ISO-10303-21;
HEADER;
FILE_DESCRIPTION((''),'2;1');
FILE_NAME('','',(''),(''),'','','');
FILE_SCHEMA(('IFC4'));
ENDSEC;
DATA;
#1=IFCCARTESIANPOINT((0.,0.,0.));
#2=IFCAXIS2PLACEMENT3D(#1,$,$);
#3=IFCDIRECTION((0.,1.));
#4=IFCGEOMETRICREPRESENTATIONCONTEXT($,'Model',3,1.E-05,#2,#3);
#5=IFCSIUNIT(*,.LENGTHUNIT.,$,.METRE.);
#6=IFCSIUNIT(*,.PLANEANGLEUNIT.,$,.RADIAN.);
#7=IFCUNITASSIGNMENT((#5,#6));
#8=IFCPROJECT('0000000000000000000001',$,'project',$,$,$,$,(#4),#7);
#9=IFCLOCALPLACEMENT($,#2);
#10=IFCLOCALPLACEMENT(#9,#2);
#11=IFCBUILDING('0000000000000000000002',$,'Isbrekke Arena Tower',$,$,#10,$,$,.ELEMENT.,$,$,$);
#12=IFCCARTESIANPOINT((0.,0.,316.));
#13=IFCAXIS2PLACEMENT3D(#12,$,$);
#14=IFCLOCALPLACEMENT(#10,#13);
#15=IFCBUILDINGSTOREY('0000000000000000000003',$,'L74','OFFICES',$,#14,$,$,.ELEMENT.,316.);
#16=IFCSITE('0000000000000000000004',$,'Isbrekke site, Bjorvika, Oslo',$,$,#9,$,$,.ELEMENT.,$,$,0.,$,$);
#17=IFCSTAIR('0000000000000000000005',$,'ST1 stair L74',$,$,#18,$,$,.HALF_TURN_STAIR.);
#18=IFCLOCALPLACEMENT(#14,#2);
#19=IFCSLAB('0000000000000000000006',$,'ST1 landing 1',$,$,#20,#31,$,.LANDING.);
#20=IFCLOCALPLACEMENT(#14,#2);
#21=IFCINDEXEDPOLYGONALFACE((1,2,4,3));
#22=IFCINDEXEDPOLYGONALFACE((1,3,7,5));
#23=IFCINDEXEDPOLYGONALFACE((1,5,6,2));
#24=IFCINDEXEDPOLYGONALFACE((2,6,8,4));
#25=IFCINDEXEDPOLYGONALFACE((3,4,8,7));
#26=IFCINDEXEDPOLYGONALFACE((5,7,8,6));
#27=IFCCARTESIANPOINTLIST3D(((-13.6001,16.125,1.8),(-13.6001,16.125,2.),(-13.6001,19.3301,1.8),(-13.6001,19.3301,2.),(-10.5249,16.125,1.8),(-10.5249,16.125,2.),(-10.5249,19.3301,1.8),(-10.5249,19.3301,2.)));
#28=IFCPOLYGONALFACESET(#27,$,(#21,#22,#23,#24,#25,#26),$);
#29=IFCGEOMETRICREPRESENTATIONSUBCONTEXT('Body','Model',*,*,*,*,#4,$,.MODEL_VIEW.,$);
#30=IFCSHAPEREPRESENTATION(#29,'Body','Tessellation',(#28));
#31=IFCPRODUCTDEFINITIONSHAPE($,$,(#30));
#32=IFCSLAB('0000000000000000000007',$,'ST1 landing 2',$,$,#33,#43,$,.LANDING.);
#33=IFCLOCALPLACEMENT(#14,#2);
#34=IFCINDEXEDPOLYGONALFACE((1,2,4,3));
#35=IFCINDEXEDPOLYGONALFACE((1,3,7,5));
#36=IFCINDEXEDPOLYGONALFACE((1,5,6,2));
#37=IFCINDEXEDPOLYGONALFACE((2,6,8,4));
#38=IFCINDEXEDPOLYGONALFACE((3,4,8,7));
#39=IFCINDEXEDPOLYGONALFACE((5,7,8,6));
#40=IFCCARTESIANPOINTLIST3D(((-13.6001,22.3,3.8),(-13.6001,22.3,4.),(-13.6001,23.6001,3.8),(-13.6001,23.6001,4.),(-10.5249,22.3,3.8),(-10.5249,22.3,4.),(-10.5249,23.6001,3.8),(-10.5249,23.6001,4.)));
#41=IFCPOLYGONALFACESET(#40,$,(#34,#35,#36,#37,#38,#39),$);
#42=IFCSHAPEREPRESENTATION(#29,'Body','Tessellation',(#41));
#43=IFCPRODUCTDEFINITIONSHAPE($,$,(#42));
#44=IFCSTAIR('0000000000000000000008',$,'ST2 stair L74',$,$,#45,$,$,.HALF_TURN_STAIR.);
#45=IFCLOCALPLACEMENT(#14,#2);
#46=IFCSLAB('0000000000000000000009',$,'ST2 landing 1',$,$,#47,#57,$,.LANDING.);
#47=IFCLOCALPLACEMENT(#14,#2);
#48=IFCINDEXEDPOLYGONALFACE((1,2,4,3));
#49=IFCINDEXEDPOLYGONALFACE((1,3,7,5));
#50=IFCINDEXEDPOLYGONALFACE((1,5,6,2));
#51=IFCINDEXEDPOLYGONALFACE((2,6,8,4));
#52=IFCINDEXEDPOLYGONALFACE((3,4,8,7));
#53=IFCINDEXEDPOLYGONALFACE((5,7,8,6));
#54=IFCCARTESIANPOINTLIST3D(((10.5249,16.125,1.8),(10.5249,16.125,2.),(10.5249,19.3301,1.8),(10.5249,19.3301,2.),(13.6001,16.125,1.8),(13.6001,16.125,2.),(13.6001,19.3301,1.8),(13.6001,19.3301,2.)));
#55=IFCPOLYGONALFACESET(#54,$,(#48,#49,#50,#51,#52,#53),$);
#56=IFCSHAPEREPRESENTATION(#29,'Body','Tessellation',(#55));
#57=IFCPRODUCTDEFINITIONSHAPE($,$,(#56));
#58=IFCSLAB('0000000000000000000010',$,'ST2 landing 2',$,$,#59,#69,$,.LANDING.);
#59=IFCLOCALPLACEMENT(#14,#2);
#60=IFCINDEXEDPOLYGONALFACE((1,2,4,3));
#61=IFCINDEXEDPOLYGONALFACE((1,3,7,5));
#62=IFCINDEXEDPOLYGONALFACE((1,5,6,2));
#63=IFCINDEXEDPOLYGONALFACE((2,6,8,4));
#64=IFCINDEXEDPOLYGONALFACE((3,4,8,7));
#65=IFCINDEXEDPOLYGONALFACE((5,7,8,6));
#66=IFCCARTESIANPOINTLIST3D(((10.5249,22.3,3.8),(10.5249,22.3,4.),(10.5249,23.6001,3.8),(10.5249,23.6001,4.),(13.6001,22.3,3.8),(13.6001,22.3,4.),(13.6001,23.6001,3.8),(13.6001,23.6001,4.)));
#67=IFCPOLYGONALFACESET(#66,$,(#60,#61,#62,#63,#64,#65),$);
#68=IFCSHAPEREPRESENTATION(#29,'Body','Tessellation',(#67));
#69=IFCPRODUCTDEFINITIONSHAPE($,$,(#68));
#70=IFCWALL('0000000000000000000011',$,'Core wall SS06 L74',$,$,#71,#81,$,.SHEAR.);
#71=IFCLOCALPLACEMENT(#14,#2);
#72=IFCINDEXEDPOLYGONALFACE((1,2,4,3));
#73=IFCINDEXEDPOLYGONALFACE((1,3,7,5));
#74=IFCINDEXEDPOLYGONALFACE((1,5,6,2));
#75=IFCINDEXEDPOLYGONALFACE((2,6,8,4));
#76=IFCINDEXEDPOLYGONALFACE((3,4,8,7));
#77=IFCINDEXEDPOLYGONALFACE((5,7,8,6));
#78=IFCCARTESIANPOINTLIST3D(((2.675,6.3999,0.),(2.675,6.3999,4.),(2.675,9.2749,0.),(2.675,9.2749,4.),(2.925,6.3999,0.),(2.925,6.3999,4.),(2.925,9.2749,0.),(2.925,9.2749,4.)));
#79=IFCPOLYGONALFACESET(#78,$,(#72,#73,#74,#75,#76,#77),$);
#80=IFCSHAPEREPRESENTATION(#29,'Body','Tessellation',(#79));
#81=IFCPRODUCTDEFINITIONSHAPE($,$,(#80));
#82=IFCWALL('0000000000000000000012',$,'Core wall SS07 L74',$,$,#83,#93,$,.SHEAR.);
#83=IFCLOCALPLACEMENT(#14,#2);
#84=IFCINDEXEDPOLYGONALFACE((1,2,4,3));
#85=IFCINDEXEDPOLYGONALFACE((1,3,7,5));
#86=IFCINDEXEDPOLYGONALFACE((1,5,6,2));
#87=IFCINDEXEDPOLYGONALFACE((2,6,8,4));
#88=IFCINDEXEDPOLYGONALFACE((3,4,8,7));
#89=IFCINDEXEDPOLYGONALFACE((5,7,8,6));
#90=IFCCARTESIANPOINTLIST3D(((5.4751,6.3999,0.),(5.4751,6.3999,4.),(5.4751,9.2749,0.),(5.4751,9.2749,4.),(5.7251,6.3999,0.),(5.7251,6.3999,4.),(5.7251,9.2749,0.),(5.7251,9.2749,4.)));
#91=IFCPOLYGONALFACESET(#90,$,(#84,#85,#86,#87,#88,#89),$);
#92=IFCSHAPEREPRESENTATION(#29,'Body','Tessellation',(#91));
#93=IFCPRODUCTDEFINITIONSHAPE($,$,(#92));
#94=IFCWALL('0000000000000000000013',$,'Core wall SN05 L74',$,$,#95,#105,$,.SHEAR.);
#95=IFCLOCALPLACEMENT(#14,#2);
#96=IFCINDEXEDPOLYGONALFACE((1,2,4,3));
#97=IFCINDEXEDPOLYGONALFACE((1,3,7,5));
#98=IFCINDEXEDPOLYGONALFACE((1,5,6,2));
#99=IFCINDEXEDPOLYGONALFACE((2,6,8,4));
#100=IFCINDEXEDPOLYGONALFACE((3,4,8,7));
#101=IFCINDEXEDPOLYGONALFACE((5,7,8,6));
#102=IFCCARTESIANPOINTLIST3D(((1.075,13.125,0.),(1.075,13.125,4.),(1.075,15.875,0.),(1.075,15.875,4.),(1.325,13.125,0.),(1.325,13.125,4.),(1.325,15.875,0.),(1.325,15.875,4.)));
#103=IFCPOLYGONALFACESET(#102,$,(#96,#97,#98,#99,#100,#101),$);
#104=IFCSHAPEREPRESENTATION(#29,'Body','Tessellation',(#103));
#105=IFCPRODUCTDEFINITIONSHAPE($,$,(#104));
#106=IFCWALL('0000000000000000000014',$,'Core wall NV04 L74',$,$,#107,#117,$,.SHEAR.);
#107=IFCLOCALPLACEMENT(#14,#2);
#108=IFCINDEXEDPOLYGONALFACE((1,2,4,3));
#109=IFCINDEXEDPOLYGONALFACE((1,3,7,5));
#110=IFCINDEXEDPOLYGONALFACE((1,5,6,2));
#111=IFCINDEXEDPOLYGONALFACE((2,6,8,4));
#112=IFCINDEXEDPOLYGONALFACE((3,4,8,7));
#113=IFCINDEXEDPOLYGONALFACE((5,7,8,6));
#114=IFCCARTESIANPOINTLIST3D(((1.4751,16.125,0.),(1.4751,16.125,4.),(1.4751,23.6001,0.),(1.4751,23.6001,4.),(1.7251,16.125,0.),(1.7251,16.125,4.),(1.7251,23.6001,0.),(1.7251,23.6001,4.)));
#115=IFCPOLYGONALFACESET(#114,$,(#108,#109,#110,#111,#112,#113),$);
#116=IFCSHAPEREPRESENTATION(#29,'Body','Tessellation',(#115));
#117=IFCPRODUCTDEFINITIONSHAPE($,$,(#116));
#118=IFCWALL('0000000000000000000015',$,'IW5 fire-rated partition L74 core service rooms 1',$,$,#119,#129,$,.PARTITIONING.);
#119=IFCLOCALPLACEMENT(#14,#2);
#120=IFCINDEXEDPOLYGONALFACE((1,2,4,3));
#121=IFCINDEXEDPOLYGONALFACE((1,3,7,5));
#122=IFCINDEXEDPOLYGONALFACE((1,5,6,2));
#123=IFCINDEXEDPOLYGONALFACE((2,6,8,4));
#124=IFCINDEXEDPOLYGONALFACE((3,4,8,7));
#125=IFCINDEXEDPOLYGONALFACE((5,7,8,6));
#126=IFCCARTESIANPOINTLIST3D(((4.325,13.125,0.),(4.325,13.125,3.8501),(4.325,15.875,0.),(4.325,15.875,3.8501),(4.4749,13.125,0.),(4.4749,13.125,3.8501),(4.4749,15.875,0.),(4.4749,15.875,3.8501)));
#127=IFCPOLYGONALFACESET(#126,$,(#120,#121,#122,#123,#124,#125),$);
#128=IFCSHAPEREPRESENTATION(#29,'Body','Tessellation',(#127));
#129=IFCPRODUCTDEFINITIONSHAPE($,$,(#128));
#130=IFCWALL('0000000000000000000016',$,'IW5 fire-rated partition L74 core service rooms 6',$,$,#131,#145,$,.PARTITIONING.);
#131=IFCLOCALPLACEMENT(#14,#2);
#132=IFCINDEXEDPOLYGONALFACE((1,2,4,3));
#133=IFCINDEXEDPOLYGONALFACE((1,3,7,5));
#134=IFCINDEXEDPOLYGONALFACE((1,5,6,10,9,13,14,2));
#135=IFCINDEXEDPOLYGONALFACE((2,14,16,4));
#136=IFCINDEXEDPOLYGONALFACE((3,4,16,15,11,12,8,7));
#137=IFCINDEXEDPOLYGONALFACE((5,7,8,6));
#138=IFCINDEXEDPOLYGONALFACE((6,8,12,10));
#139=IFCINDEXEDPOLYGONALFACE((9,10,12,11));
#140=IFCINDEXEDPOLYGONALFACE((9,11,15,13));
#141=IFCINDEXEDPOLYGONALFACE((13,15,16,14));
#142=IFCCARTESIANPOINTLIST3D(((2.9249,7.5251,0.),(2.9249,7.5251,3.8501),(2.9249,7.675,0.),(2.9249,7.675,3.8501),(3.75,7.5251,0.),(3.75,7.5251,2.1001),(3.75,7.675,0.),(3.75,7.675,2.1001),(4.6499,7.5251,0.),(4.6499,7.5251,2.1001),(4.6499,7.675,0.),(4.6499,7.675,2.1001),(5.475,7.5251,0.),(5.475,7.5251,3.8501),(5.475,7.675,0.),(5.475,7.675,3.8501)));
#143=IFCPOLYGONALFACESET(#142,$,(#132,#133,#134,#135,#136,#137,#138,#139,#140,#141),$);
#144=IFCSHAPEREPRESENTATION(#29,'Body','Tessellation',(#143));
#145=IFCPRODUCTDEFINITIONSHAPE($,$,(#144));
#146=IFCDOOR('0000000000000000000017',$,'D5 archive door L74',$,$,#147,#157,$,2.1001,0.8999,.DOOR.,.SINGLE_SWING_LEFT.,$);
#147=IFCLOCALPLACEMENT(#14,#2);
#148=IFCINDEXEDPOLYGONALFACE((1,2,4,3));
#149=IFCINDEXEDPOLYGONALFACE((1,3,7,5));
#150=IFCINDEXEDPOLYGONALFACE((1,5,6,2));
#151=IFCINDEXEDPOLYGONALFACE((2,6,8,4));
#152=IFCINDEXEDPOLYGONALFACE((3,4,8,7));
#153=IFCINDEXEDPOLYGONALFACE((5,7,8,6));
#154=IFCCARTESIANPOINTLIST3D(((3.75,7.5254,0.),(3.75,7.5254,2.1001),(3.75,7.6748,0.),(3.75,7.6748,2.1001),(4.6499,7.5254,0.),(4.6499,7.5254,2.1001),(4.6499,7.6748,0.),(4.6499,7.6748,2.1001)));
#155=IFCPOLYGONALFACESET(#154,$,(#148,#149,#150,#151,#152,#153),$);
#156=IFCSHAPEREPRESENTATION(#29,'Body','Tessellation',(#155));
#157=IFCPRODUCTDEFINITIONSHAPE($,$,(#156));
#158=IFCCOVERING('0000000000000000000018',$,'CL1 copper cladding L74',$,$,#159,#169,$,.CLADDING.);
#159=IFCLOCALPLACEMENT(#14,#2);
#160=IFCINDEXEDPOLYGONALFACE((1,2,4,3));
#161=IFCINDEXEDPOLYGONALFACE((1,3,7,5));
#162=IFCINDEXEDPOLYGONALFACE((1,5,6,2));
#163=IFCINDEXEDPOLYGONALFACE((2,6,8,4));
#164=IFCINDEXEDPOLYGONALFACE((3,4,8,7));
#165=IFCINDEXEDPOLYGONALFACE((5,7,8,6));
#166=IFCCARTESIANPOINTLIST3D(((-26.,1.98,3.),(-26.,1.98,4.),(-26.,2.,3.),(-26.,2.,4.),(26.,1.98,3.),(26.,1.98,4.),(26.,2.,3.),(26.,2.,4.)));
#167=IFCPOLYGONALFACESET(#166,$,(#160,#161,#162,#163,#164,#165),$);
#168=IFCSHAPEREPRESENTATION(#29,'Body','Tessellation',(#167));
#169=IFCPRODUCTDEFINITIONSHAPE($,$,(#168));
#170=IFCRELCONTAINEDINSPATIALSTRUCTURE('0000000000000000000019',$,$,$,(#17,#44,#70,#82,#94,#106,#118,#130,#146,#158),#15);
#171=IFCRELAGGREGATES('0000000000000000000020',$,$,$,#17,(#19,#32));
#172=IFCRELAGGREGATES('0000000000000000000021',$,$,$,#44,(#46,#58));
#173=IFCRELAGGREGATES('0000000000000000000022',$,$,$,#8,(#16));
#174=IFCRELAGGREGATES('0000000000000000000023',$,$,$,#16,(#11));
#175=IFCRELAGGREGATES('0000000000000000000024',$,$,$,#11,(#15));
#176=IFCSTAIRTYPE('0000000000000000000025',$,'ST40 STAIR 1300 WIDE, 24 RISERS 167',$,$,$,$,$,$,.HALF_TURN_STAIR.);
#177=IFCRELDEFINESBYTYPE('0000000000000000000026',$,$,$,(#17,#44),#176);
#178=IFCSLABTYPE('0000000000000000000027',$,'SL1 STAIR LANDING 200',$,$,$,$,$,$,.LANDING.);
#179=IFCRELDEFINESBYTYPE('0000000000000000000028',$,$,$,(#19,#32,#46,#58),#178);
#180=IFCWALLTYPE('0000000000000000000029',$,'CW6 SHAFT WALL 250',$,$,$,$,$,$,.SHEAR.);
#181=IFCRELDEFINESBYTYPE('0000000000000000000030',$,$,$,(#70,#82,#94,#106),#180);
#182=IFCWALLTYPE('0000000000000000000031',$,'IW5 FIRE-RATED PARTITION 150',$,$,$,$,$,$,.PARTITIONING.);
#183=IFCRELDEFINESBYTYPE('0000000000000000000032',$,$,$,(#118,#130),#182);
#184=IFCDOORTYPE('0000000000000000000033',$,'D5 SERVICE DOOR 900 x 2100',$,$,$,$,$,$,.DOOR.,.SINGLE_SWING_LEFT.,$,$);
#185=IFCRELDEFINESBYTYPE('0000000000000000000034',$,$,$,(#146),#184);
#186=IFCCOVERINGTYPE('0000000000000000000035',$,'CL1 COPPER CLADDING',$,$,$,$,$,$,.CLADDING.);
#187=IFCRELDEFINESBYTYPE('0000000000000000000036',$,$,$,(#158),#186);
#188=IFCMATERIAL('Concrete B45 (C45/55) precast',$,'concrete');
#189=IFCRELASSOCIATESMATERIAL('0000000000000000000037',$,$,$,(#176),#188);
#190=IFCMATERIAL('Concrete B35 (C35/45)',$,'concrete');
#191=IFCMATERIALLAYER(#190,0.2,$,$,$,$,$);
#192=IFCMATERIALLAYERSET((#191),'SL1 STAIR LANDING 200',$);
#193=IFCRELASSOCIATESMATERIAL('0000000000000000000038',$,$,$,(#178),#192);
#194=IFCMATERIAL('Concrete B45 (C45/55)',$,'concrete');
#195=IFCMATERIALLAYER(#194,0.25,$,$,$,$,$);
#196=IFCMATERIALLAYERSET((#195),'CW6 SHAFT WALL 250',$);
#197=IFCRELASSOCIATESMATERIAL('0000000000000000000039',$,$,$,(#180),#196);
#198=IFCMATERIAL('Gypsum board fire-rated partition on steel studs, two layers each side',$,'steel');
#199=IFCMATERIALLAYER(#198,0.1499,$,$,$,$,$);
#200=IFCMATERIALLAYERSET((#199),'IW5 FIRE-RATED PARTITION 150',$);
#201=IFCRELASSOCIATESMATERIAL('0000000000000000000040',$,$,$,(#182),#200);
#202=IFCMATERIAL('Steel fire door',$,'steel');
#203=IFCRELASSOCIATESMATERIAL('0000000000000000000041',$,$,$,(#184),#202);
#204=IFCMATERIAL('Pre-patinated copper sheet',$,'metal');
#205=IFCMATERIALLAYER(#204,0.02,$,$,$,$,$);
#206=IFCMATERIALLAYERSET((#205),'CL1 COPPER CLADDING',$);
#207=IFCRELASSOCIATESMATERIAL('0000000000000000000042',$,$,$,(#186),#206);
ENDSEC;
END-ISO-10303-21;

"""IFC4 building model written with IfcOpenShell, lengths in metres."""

from ifc_helpers import new_model, si_unit, direction, frame, frame_2d, origin, origin_2d, place, context, subcontext, project, spatial, polyline, rectangle, outline, extrude, material, layer, layer_set, type_object, element, fill, aggregate, save


model = new_model("IFC4")

# Units and contexts
model_context = context("Model", 3, precision=1e-05, world=origin(), true_north=direction((0.0, 1.0)))
body_context = subcontext(model_context, "Body", "Model", "MODEL_VIEW")
ifc_project = project(units=[si_unit("LENGTHUNIT", "METRE"), si_unit("PLANEANGLEUNIT", "RADIAN")], contexts=[model_context])

# Site, building, storey
site_placement = place(None, origin())
site = spatial("IfcSite", under=ifc_project, at=site_placement, Name="Isbrekke site, Bjorvika, Oslo", CompositionType="ELEMENT", RefElevation=0.0)
building_placement = place(site_placement, origin())
building = spatial("IfcBuilding", under=site, at=building_placement, Name="Isbrekke Arena Tower", CompositionType="ELEMENT")
storey_placement = place(building_placement, frame((0.0, 0.0, 316.0)))
storey = spatial("IfcBuildingStorey", under=building, at=storey_placement, Name="L74", Description="OFFICES", CompositionType="ELEMENT", Elevation=316.0)

# Stairs, slabs
ifc_material_1 = material(Name="Concrete B45 (C45/55) precast", Category="concrete")
stair_type = type_object("IfcStairType", Name="ST40 STAIR 1300 WIDE, 24 RISERS 167", PredefinedType="HALF_TURN_STAIR", material=ifc_material_1)
stair_1_placement = place(storey_placement, origin())
stair_1 = element("IfcStair", 1, at=stair_1_placement, inside=storey, type_object=stair_type, Name="ST1 stair L74", PredefinedType="HALF_TURN_STAIR")
ifc_material_2 = material(Name="Concrete B35 (C35/45)", Category="concrete")
ifc_layer_1 = layer(ifc_material_2, 0.2)
ifc_layer_set_1 = layer_set([ifc_layer_1], Name="SL1 STAIR LANDING 200")
slab_type_1 = type_object("IfcSlabType", Name="SL1 STAIR LANDING 200", PredefinedType="LANDING", material=ifc_layer_set_1)
slab_1_placement = place(storey_placement, frame((0.0, 0.0, 1.8)))
slab_1 = element("IfcSlab", 2, at=slab_1_placement, type_object=slab_type_1, Name="ST1 landing 1", PredefinedType="LANDING", context=body_context, shape_type="SweptSolid", body=[
    extrude(outline(polyline([(-13.6001, 16.125), (-10.5249, 16.125), (-10.5249, 19.3301), (-13.6001, 19.3301), (-13.6001, 16.125)])), origin(), (0.0, 0.0, 1.0), 0.2),
])
slab_2_placement = place(storey_placement, frame((0.0, 0.0, 3.8)))
slab_2 = element("IfcSlab", 3, at=slab_2_placement, type_object=slab_type_1, Name="ST1 landing 2", PredefinedType="LANDING", context=body_context, shape_type="SweptSolid", body=[
    extrude(outline(polyline([(-13.6001, 22.3), (-10.5249, 22.3), (-10.5249, 23.6001), (-13.6001, 23.6001), (-13.6001, 22.3)])), origin(), (0.0, 0.0, 1.0), 0.2),
])
aggregate(stair_1, [slab_1, slab_2])
stair_2_placement = place(storey_placement, origin())
stair_2 = element("IfcStair", 4, at=stair_2_placement, inside=storey, type_object=stair_type, Name="ST2 stair L74", PredefinedType="HALF_TURN_STAIR")
slab_3_placement = place(storey_placement, frame((0.0, 0.0, 1.8)))
slab_3 = element("IfcSlab", 5, at=slab_3_placement, type_object=slab_type_1, Name="ST2 landing 1", PredefinedType="LANDING", context=body_context, shape_type="SweptSolid", body=[
    extrude(outline(polyline([(10.5249, 16.125), (13.6001, 16.125), (13.6001, 19.3301), (10.5249, 19.3301), (10.5249, 16.125)])), origin(), (0.0, 0.0, 1.0), 0.2),
])
slab_4_placement = place(storey_placement, frame((0.0, 0.0, 3.8)))
slab_4 = element("IfcSlab", 6, at=slab_4_placement, type_object=slab_type_1, Name="ST2 landing 2", PredefinedType="LANDING", context=body_context, shape_type="SweptSolid", body=[
    extrude(outline(polyline([(10.5249, 22.3), (13.6001, 22.3), (13.6001, 23.6001), (10.5249, 23.6001), (10.5249, 22.3)])), origin(), (0.0, 0.0, 1.0), 0.2),
])
aggregate(stair_2, [slab_3, slab_4])

# Walls
ifc_material_3 = material(Name="Concrete B45 (C45/55)", Category="concrete")
ifc_layer_2 = layer(ifc_material_3, 0.25)
ifc_layer_set_2 = layer_set([ifc_layer_2], Name="CW6 SHAFT WALL 250")
wall_type_1 = type_object("IfcWallType", Name="CW6 SHAFT WALL 250", PredefinedType="SHEAR", material=ifc_layer_set_2)
for number, where, z_axis, x_axis, name in (
    (7, (2.8, 6.3999, 0.0), (0.0, 0.0, 1.0), (0.0, 1.0, 0.0), "Core wall SS06 L74"),
    (8, (5.6001, 6.3999, 0.0), (0.0, 0.0, 1.0), (0.0, 1.0, 0.0), "Core wall SS07 L74"),
):
    element("IfcWall", number, at=place(storey_placement, frame(where, z_axis=z_axis, x_axis=x_axis)), inside=storey, type_object=wall_type_1, Name=name, PredefinedType="SHEAR", context=body_context, shape_type="SweptSolid", body=[
        extrude(rectangle(XDim=2.875, YDim=0.25, at=frame_2d((1.4375, 0.0))), origin(), (0.0, 0.0, 1.0), 4.0),
    ])
wall_1_placement = place(storey_placement, frame((1.2, 13.125, 0.0), z_axis=(0.0, 0.0, 1.0), x_axis=(0.0, 1.0, 0.0)))
element("IfcWall", 9, at=wall_1_placement, inside=storey, type_object=wall_type_1, Name="Core wall SN05 L74", PredefinedType="SHEAR", context=body_context, shape_type="SweptSolid", body=[
    extrude(rectangle(XDim=2.75, YDim=0.25, at=frame_2d((1.375, 0.0))), origin(), (0.0, 0.0, 1.0), 4.0),
])
wall_2_placement = place(storey_placement, frame((1.6001, 16.125, 0.0), z_axis=(0.0, 0.0, 1.0), x_axis=(0.0, 1.0, 0.0)))
element("IfcWall", 10, at=wall_2_placement, inside=storey, type_object=wall_type_1, Name="Core wall NV04 L74", PredefinedType="SHEAR", context=body_context, shape_type="SweptSolid", body=[
    extrude(rectangle(XDim=7.4751, YDim=0.25, at=frame_2d((3.7375, 0.0))), origin(), (0.0, 0.0, 1.0), 4.0),
])
ifc_material_4 = material(Name="Gypsum board fire-rated partition on steel studs, two layers each side", Category="steel")
ifc_layer_3 = layer(ifc_material_4, 0.1499)
ifc_layer_set_3 = layer_set([ifc_layer_3], Name="IW5 FIRE-RATED PARTITION 150")
wall_type_2 = type_object("IfcWallType", Name="IW5 FIRE-RATED PARTITION 150", PredefinedType="PARTITIONING", material=ifc_layer_set_3)
wall_3_placement = place(storey_placement, frame((4.3999, 13.125, 0.0), z_axis=(0.0, 0.0, 1.0), x_axis=(0.0, 1.0, 0.0)))
element("IfcWall", 11, at=wall_3_placement, inside=storey, type_object=wall_type_2, Name="IW5 fire-rated partition L74 core service rooms 1", PredefinedType="PARTITIONING", context=body_context, shape_type="SweptSolid", body=[
    extrude(rectangle(XDim=2.75, YDim=0.1499, at=frame_2d((1.375, 0.0))), origin(), (0.0, 0.0, 1.0), 3.8501),
])

# Wall, opening, door
wall_4_placement = place(storey_placement, frame((2.925, 7.6001, 0.0), z_axis=(0.0, 0.0, 1.0), x_axis=(1.0, 0.0, 0.0)))
wall_4 = element("IfcWall", 12, at=wall_4_placement, inside=storey, type_object=wall_type_2, Name="IW5 fire-rated partition L74 core service rooms 6", PredefinedType="PARTITIONING", context=body_context, shape_type="SweptSolid", body=[
    extrude(rectangle(XDim=2.55, YDim=0.1499, at=frame_2d((1.2749, 0.0))), origin(), (0.0, 0.0, 1.0), 3.8501),
])
opening_placement = place(wall_4_placement, frame((0.825, 0.0, 0.0)))
opening = element("IfcOpeningElement", 13, at=opening_placement, cuts=wall_4, PredefinedType="OPENING", context=body_context, shape_type="SweptSolid", body=[
    extrude(rectangle(XDim=0.8999, YDim=2.1001, at=frame_2d((0.45, 1.05))), frame((0.0, 0.0898, 0.0), z_axis=(0.0, -1.0, 0.0), x_axis=(1.0, 0.0, 0.0)), (0.0, 0.0, 1.0), 0.1797),
])
ifc_material_5 = material(Name="Steel fire door", Category="steel")
door_type = type_object("IfcDoorType", Name="D5 SERVICE DOOR 900 x 2100", OperationType="SINGLE_SWING_LEFT", PredefinedType="DOOR", material=ifc_material_5)
door_placement = place(opening_placement, origin())
door = element("IfcDoor", 14, at=door_placement, inside=storey, type_object=door_type, Name="D5 archive door L74", OperationType="SINGLE_SWING_LEFT", OverallHeight=2.1001, OverallWidth=0.8999, PredefinedType="DOOR", context=body_context, shape_type="SweptSolid", body=[
    extrude(rectangle(XDim=0.8999, YDim=2.1001, at=frame_2d((0.45, 1.05))), frame((0.0, 0.0747, 0.0), z_axis=(0.0, -1.0, 0.0), x_axis=(1.0, 0.0, 0.0)), (0.0, 0.0, 1.0), 0.1494),
])
fill(opening, door)

# Covering
ifc_material_6 = material(Name="Pre-patinated copper sheet", Category="metal")
ifc_layer_4 = layer(ifc_material_6, 0.02)
ifc_layer_set_4 = layer_set([ifc_layer_4], Name="CL1 COPPER CLADDING")
covering_type = type_object("IfcCoveringType", Name="CL1 COPPER CLADDING", PredefinedType="CLADDING", material=ifc_layer_set_4)
covering_placement = place(storey_placement, frame((0.0, 1.99, 3.0), z_axis=(0.0, 0.0, 1.0), x_axis=(1.0, 0.0, 0.0)))
element("IfcCovering", 15, at=covering_placement, inside=storey, type_object=covering_type, Name="CL1 copper cladding L74", PredefinedType="CLADDING", context=body_context, shape_type="SweptSolid", body=[
    extrude(rectangle(XDim=52.0, YDim=0.02, at=origin_2d()), origin(), (0.0, 0.0, 1.0), 1.0),
])

save(model, "model.ifc")
